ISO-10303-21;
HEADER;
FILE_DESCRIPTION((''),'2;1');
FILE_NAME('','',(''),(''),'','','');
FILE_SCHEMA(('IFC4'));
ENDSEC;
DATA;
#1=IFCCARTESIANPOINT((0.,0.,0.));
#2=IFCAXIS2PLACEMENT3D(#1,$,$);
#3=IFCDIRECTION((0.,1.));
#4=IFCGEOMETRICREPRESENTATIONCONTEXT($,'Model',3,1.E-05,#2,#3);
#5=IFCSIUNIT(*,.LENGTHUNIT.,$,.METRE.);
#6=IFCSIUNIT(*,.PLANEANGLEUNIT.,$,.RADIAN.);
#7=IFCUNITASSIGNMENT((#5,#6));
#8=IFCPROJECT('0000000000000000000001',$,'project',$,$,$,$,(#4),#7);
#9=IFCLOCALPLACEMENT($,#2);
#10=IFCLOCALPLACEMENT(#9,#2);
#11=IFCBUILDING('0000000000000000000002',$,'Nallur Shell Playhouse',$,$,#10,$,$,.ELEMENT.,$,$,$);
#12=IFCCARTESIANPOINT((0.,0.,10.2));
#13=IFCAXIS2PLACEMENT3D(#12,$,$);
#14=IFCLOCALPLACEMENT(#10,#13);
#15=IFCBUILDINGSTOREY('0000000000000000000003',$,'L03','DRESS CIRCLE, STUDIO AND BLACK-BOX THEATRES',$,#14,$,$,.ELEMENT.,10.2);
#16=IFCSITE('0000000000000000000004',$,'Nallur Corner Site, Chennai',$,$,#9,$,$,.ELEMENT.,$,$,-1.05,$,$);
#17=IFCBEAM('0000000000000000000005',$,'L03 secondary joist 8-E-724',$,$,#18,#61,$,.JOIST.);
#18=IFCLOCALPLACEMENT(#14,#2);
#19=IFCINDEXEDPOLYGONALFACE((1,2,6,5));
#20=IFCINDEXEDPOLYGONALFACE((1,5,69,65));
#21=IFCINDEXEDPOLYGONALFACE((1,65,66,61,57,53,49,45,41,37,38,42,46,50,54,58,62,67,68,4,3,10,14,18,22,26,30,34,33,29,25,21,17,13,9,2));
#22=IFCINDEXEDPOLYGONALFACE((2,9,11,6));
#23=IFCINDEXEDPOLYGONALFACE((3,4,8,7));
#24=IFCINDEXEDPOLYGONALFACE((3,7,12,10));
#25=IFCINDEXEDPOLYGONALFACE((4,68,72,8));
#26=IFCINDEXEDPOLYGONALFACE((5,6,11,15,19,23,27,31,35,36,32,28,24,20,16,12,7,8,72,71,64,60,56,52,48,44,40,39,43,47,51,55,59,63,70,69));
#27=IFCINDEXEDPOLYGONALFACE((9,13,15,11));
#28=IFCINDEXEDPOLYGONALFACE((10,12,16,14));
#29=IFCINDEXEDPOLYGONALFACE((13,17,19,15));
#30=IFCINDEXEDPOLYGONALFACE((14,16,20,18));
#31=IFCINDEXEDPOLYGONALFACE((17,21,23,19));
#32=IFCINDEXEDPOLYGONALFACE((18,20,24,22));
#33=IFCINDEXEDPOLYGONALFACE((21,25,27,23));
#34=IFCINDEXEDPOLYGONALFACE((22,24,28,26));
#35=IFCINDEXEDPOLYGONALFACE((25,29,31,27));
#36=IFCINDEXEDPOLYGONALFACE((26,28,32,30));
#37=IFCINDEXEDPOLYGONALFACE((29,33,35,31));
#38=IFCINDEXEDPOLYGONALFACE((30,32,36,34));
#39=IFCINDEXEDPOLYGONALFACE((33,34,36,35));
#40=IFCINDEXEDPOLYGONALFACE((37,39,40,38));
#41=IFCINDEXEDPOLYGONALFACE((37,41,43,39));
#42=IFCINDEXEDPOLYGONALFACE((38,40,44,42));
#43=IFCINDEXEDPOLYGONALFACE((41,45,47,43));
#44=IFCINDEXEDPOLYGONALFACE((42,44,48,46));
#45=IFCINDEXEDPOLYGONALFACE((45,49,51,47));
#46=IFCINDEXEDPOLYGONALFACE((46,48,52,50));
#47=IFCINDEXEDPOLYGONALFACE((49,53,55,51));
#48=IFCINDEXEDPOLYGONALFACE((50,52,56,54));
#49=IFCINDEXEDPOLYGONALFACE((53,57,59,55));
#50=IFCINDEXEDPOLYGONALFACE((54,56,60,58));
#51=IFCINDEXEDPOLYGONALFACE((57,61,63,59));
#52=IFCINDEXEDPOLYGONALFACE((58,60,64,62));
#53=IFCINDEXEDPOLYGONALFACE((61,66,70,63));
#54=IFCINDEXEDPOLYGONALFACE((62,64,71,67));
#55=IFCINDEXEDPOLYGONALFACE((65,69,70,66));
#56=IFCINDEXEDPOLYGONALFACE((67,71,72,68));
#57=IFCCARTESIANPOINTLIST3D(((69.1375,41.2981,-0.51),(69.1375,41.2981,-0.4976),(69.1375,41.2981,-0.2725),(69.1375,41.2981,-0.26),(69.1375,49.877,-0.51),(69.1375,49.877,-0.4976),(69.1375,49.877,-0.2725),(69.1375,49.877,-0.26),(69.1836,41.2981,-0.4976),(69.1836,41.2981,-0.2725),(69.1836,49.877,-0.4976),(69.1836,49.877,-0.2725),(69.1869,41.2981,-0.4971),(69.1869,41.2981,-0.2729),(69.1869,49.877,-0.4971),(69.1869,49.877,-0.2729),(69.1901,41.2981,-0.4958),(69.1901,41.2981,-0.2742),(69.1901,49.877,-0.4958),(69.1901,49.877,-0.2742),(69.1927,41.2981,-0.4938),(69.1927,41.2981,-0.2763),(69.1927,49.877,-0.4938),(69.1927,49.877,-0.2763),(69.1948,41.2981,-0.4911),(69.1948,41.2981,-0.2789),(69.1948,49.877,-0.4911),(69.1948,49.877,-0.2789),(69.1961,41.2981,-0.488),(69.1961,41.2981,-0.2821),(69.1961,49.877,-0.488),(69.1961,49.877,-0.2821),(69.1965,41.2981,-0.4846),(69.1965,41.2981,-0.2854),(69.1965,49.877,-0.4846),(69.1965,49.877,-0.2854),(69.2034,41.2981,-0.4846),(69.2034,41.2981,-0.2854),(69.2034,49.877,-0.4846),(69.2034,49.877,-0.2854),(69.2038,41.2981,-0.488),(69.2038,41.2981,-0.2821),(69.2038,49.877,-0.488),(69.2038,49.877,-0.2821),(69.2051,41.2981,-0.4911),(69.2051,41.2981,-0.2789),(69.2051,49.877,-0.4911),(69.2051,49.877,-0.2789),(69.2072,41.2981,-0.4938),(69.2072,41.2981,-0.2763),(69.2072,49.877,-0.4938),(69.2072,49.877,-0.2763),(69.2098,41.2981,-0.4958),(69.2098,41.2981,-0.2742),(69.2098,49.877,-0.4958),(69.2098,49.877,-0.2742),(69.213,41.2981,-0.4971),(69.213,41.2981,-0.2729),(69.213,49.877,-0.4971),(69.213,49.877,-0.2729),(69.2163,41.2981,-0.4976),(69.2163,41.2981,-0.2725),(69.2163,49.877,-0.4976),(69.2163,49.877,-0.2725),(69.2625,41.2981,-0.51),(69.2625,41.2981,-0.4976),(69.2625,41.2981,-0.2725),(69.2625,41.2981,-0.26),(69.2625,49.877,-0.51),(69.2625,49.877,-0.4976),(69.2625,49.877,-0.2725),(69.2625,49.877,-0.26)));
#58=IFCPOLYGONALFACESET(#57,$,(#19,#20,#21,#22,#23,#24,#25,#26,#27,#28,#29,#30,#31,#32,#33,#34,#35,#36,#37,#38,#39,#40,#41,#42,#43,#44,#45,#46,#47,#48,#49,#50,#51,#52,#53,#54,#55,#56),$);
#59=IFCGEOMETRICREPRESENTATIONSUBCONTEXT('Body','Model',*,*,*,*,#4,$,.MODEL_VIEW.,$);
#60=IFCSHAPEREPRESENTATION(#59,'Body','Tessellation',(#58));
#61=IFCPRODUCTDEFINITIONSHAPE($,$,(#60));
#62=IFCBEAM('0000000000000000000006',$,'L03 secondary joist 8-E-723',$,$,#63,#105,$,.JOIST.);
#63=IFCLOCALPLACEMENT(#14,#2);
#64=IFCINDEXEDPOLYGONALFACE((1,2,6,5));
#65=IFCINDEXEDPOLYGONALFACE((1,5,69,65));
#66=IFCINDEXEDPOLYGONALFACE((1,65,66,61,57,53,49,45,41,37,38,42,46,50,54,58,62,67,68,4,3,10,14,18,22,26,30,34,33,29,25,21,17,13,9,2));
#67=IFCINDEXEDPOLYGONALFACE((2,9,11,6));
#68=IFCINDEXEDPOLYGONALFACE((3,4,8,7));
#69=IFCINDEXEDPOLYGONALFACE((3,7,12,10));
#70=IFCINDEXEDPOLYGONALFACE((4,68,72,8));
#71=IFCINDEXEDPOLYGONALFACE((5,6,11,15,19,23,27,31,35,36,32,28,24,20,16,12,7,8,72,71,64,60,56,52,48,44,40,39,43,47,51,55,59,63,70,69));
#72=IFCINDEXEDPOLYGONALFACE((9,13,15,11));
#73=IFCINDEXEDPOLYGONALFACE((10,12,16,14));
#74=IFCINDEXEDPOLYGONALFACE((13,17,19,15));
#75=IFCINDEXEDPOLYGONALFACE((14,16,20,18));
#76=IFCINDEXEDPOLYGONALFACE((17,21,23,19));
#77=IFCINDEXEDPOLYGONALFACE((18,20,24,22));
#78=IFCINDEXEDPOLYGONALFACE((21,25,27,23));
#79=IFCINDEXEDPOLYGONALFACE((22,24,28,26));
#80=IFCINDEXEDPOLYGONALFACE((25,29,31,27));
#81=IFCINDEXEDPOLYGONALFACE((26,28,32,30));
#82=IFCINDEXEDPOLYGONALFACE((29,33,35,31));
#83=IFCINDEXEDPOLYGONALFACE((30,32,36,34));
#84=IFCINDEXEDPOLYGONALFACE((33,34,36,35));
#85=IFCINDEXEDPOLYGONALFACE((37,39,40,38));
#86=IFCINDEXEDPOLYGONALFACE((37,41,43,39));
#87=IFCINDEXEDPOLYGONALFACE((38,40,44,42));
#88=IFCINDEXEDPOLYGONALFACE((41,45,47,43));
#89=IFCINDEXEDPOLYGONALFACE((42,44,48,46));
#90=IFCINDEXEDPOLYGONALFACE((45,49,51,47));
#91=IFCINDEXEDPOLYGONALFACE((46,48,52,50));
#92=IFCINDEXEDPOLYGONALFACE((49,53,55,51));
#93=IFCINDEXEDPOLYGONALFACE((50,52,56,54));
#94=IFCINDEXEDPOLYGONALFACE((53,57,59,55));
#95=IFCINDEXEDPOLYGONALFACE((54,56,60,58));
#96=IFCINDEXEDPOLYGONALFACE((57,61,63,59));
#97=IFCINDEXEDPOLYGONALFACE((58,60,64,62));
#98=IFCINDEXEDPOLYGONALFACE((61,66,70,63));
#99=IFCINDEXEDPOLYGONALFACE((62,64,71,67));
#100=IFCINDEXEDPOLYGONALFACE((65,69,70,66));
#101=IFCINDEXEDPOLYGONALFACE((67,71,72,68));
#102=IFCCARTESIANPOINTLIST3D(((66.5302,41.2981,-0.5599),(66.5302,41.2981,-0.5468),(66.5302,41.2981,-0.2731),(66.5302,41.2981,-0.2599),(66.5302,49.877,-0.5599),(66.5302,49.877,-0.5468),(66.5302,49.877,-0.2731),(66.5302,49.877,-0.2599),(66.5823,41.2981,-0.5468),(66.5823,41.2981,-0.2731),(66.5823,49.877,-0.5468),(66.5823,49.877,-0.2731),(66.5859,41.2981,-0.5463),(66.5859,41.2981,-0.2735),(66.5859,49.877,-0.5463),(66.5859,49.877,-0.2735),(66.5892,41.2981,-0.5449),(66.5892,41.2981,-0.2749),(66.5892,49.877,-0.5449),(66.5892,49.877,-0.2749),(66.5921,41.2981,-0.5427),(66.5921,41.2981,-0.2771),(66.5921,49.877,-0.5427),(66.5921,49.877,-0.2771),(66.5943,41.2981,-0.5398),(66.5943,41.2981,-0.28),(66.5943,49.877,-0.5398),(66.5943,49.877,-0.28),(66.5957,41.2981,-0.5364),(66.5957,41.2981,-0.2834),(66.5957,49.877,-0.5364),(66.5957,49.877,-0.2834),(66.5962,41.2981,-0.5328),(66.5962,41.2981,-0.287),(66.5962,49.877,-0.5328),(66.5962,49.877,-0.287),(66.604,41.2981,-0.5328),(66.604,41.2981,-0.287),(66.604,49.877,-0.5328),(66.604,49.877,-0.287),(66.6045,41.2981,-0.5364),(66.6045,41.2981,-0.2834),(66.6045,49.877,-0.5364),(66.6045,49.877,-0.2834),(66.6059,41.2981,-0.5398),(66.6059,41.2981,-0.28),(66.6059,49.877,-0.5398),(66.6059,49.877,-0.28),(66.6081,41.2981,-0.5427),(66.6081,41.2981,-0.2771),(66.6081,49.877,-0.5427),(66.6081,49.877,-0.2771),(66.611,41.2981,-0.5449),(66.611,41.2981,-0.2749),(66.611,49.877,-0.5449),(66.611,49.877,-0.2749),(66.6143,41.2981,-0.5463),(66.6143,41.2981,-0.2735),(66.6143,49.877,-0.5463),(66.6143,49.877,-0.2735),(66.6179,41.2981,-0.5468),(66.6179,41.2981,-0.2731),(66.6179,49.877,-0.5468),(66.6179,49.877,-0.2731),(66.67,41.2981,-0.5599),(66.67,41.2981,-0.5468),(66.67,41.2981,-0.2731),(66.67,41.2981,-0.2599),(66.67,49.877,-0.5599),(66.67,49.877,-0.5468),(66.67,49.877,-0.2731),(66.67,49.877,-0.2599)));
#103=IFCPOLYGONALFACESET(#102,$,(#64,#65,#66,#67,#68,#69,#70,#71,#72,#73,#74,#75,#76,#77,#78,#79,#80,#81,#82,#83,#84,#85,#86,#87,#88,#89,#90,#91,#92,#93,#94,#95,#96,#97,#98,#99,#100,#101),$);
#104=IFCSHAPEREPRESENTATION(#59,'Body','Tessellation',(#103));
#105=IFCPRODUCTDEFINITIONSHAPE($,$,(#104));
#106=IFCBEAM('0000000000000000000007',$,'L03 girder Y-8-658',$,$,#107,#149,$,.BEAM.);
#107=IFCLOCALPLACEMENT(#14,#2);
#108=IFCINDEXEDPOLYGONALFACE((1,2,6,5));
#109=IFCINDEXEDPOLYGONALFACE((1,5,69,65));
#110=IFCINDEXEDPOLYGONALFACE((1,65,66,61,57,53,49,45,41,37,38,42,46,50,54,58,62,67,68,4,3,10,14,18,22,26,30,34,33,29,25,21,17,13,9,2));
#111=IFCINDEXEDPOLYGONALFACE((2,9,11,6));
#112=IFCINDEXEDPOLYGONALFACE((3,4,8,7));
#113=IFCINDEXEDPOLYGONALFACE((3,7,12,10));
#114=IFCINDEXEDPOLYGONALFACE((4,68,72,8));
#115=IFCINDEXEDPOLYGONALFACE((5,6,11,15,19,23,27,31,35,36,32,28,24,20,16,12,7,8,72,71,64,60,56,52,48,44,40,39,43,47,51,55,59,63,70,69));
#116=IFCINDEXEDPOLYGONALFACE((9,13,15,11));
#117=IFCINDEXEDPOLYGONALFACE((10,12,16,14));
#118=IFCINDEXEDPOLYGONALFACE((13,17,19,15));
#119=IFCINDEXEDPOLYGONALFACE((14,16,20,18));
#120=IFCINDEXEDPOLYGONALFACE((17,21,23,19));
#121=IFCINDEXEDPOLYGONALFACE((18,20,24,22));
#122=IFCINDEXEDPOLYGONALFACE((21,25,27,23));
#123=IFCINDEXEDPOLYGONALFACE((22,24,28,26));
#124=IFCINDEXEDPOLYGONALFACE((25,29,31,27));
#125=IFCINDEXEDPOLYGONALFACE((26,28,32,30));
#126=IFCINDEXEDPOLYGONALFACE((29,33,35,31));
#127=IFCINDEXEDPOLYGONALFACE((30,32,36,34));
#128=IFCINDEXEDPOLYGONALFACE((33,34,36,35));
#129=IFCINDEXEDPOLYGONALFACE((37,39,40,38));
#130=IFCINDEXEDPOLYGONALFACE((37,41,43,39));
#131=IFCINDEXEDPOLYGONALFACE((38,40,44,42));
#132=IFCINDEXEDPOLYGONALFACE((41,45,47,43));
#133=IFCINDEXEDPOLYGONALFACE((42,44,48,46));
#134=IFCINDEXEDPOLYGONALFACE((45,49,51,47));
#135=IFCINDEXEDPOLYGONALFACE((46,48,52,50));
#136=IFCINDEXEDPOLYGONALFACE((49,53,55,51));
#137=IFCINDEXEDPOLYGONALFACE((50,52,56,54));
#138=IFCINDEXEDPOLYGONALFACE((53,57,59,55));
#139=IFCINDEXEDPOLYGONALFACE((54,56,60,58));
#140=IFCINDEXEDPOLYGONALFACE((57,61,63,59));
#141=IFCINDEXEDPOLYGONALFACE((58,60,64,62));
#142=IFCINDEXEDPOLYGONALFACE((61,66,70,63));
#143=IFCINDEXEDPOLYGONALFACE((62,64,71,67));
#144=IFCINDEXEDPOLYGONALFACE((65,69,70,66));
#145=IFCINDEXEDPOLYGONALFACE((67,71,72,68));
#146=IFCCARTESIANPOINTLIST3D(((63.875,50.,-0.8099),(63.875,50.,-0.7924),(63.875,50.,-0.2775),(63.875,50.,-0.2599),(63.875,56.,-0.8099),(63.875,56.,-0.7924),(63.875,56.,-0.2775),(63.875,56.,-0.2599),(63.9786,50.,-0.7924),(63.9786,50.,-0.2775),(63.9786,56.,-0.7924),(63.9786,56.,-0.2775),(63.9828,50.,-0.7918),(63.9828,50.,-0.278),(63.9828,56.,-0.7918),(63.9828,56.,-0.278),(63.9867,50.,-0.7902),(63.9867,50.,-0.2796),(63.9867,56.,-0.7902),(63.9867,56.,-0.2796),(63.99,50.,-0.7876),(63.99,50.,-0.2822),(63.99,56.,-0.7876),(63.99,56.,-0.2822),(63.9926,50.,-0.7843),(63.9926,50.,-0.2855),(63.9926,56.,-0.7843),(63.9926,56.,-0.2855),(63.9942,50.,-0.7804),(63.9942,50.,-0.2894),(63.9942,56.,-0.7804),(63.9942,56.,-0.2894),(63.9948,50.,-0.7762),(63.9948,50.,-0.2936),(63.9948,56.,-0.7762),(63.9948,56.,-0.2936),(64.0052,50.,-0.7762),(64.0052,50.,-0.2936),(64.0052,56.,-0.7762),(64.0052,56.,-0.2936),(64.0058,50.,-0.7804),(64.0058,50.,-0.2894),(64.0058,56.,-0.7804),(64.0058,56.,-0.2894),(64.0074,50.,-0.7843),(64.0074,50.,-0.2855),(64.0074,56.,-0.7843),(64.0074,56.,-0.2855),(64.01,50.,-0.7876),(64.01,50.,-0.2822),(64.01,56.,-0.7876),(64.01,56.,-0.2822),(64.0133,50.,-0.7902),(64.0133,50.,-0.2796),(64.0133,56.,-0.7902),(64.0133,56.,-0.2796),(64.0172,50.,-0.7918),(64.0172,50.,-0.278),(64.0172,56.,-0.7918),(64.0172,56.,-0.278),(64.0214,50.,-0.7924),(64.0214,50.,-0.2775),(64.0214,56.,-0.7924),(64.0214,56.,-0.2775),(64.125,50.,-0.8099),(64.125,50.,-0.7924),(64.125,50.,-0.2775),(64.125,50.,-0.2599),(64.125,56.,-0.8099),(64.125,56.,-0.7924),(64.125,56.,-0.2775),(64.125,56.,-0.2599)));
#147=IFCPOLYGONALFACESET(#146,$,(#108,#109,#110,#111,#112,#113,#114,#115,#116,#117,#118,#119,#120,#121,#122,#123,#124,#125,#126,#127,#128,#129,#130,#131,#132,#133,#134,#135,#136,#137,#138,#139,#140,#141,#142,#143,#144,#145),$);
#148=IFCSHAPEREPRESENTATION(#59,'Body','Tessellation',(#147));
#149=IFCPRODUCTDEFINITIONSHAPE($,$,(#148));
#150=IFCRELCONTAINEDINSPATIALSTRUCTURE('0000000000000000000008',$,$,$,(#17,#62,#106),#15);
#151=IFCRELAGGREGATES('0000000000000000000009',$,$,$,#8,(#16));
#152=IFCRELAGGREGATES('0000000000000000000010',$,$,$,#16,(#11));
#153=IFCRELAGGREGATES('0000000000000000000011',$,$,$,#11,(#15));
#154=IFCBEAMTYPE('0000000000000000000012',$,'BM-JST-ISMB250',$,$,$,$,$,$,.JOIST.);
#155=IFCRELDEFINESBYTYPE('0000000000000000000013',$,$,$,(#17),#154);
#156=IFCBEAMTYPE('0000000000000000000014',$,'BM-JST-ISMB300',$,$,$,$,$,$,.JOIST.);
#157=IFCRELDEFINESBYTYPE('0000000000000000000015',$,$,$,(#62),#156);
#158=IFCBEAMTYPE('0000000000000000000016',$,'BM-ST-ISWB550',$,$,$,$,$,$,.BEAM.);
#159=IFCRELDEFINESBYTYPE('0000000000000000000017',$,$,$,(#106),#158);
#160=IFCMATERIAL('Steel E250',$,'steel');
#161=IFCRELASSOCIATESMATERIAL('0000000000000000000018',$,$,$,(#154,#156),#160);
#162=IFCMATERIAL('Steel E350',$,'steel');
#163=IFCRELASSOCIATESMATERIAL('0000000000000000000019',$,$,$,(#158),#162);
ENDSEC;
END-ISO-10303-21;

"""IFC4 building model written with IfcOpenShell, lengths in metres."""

from ifc_helpers import new_model, si_unit, direction, frame, origin, origin_2d, place, context, subcontext, project, spatial, i_section, extrude, material, material_profile, profile_set, type_object, element, save


model = new_model("IFC4")

# Units and contexts
model_context = context("Model", 3, precision=1e-05, world=origin(), true_north=direction((0.0, 1.0)))
body_context = subcontext(model_context, "Body", "Model", "MODEL_VIEW")
ifc_project = project(units=[si_unit("LENGTHUNIT", "METRE"), si_unit("PLANEANGLEUNIT", "RADIAN")], contexts=[model_context])

# Site, building, storey
site_placement = place(None, origin())
site = spatial("IfcSite", under=ifc_project, at=site_placement, Name="Nallur Corner Site, Chennai", CompositionType="ELEMENT", RefElevation=-1.05)
building_placement = place(site_placement, origin())
building = spatial("IfcBuilding", under=site, at=building_placement, Name="Nallur Shell Playhouse", CompositionType="ELEMENT")
storey_placement = place(building_placement, frame((0.0, 0.0, 10.2)))
storey = spatial("IfcBuildingStorey", under=building, at=storey_placement, Name="L03", Description="DRESS CIRCLE, STUDIO AND BLACK-BOX THEATRES", CompositionType="ELEMENT", Elevation=10.2)

# Shared definitions
ifc_material_1 = material(Name="Steel E350", Category="steel")

# Beams
ifc_material_2 = material(Name="Steel E250", Category="steel")
ifc_material_profile_1 = material_profile(ifc_material_2, i_section(OverallWidth=0.125, OverallDepth=0.25, WebThickness=0.0068, FlangeThickness=0.0125, FilletRadius=0.0129, at=origin_2d()), Name="ISMB 250")
ifc_profile_set_1 = profile_set([ifc_material_profile_1], Name="Steel E250")
beam_type_1 = type_object("IfcBeamType", Name="BM-JST-ISMB250", PredefinedType="JOIST", material=ifc_profile_set_1)
beam_1_placement = place(storey_placement, frame((69.2, 41.2981, -0.385), z_axis=(0.0, 1.0, 0.0), x_axis=(-1.0, 0.0, 0.0)))
element("IfcBeam", 1, at=beam_1_placement, inside=storey, type_object=beam_type_1, Name="L03 secondary joist 8-E-724", PredefinedType="JOIST", context=body_context, shape_type="SweptSolid", body=[
    extrude(i_section(OverallWidth=0.125, OverallDepth=0.25, WebThickness=0.0068, FlangeThickness=0.0125, FilletRadius=0.0129, at=origin_2d()), origin(), (0.0, 0.0, 1.0), 8.5789),
])
ifc_material_profile_2 = material_profile(ifc_material_2, i_section(OverallWidth=0.1399, OverallDepth=0.3, WebThickness=0.0078, FlangeThickness=0.0132, FilletRadius=0.0139, at=origin_2d()), Name="ISMB 300")
ifc_profile_set_2 = profile_set([ifc_material_profile_2], Name="Steel E250")
beam_type_2 = type_object("IfcBeamType", Name="BM-JST-ISMB300", PredefinedType="JOIST", material=ifc_profile_set_2)
beam_2_placement = place(storey_placement, frame((66.6001, 41.2981, -0.4099), z_axis=(0.0, 1.0, 0.0), x_axis=(-1.0, 0.0, 0.0)))
element("IfcBeam", 2, at=beam_2_placement, inside=storey, type_object=beam_type_2, Name="L03 secondary joist 8-E-723", PredefinedType="JOIST", context=body_context, shape_type="SweptSolid", body=[
    extrude(i_section(OverallWidth=0.1399, OverallDepth=0.3, WebThickness=0.0078, FlangeThickness=0.0132, FilletRadius=0.0139, at=origin_2d()), origin(), (0.0, 0.0, 1.0), 8.5789),
])
ifc_material_profile_3 = material_profile(ifc_material_1, i_section(OverallWidth=0.25, OverallDepth=0.55, WebThickness=0.0105, FlangeThickness=0.0176, FilletRadius=0.0161, at=origin_2d()), Name="ISWB 550")
ifc_profile_set_3 = profile_set([ifc_material_profile_3], Name="Steel E350")
beam_type_3 = type_object("IfcBeamType", Name="BM-ST-ISWB550", PredefinedType="BEAM", material=ifc_profile_set_3)
beam_3_placement = place(storey_placement, frame((64.0, 50.0, -0.5349), z_axis=(0.0, 1.0, 0.0), x_axis=(-1.0, 0.0, 0.0)))
element("IfcBeam", 3, at=beam_3_placement, inside=storey, type_object=beam_type_3, Name="L03 girder Y-8-658", PredefinedType="BEAM", context=body_context, shape_type="SweptSolid", body=[
    extrude(i_section(OverallWidth=0.25, OverallDepth=0.55, WebThickness=0.0105, FlangeThickness=0.0176, FilletRadius=0.0161, at=origin_2d()), origin(), (0.0, 0.0, 1.0), 6.0),
])

save(model, "model.ifc")
